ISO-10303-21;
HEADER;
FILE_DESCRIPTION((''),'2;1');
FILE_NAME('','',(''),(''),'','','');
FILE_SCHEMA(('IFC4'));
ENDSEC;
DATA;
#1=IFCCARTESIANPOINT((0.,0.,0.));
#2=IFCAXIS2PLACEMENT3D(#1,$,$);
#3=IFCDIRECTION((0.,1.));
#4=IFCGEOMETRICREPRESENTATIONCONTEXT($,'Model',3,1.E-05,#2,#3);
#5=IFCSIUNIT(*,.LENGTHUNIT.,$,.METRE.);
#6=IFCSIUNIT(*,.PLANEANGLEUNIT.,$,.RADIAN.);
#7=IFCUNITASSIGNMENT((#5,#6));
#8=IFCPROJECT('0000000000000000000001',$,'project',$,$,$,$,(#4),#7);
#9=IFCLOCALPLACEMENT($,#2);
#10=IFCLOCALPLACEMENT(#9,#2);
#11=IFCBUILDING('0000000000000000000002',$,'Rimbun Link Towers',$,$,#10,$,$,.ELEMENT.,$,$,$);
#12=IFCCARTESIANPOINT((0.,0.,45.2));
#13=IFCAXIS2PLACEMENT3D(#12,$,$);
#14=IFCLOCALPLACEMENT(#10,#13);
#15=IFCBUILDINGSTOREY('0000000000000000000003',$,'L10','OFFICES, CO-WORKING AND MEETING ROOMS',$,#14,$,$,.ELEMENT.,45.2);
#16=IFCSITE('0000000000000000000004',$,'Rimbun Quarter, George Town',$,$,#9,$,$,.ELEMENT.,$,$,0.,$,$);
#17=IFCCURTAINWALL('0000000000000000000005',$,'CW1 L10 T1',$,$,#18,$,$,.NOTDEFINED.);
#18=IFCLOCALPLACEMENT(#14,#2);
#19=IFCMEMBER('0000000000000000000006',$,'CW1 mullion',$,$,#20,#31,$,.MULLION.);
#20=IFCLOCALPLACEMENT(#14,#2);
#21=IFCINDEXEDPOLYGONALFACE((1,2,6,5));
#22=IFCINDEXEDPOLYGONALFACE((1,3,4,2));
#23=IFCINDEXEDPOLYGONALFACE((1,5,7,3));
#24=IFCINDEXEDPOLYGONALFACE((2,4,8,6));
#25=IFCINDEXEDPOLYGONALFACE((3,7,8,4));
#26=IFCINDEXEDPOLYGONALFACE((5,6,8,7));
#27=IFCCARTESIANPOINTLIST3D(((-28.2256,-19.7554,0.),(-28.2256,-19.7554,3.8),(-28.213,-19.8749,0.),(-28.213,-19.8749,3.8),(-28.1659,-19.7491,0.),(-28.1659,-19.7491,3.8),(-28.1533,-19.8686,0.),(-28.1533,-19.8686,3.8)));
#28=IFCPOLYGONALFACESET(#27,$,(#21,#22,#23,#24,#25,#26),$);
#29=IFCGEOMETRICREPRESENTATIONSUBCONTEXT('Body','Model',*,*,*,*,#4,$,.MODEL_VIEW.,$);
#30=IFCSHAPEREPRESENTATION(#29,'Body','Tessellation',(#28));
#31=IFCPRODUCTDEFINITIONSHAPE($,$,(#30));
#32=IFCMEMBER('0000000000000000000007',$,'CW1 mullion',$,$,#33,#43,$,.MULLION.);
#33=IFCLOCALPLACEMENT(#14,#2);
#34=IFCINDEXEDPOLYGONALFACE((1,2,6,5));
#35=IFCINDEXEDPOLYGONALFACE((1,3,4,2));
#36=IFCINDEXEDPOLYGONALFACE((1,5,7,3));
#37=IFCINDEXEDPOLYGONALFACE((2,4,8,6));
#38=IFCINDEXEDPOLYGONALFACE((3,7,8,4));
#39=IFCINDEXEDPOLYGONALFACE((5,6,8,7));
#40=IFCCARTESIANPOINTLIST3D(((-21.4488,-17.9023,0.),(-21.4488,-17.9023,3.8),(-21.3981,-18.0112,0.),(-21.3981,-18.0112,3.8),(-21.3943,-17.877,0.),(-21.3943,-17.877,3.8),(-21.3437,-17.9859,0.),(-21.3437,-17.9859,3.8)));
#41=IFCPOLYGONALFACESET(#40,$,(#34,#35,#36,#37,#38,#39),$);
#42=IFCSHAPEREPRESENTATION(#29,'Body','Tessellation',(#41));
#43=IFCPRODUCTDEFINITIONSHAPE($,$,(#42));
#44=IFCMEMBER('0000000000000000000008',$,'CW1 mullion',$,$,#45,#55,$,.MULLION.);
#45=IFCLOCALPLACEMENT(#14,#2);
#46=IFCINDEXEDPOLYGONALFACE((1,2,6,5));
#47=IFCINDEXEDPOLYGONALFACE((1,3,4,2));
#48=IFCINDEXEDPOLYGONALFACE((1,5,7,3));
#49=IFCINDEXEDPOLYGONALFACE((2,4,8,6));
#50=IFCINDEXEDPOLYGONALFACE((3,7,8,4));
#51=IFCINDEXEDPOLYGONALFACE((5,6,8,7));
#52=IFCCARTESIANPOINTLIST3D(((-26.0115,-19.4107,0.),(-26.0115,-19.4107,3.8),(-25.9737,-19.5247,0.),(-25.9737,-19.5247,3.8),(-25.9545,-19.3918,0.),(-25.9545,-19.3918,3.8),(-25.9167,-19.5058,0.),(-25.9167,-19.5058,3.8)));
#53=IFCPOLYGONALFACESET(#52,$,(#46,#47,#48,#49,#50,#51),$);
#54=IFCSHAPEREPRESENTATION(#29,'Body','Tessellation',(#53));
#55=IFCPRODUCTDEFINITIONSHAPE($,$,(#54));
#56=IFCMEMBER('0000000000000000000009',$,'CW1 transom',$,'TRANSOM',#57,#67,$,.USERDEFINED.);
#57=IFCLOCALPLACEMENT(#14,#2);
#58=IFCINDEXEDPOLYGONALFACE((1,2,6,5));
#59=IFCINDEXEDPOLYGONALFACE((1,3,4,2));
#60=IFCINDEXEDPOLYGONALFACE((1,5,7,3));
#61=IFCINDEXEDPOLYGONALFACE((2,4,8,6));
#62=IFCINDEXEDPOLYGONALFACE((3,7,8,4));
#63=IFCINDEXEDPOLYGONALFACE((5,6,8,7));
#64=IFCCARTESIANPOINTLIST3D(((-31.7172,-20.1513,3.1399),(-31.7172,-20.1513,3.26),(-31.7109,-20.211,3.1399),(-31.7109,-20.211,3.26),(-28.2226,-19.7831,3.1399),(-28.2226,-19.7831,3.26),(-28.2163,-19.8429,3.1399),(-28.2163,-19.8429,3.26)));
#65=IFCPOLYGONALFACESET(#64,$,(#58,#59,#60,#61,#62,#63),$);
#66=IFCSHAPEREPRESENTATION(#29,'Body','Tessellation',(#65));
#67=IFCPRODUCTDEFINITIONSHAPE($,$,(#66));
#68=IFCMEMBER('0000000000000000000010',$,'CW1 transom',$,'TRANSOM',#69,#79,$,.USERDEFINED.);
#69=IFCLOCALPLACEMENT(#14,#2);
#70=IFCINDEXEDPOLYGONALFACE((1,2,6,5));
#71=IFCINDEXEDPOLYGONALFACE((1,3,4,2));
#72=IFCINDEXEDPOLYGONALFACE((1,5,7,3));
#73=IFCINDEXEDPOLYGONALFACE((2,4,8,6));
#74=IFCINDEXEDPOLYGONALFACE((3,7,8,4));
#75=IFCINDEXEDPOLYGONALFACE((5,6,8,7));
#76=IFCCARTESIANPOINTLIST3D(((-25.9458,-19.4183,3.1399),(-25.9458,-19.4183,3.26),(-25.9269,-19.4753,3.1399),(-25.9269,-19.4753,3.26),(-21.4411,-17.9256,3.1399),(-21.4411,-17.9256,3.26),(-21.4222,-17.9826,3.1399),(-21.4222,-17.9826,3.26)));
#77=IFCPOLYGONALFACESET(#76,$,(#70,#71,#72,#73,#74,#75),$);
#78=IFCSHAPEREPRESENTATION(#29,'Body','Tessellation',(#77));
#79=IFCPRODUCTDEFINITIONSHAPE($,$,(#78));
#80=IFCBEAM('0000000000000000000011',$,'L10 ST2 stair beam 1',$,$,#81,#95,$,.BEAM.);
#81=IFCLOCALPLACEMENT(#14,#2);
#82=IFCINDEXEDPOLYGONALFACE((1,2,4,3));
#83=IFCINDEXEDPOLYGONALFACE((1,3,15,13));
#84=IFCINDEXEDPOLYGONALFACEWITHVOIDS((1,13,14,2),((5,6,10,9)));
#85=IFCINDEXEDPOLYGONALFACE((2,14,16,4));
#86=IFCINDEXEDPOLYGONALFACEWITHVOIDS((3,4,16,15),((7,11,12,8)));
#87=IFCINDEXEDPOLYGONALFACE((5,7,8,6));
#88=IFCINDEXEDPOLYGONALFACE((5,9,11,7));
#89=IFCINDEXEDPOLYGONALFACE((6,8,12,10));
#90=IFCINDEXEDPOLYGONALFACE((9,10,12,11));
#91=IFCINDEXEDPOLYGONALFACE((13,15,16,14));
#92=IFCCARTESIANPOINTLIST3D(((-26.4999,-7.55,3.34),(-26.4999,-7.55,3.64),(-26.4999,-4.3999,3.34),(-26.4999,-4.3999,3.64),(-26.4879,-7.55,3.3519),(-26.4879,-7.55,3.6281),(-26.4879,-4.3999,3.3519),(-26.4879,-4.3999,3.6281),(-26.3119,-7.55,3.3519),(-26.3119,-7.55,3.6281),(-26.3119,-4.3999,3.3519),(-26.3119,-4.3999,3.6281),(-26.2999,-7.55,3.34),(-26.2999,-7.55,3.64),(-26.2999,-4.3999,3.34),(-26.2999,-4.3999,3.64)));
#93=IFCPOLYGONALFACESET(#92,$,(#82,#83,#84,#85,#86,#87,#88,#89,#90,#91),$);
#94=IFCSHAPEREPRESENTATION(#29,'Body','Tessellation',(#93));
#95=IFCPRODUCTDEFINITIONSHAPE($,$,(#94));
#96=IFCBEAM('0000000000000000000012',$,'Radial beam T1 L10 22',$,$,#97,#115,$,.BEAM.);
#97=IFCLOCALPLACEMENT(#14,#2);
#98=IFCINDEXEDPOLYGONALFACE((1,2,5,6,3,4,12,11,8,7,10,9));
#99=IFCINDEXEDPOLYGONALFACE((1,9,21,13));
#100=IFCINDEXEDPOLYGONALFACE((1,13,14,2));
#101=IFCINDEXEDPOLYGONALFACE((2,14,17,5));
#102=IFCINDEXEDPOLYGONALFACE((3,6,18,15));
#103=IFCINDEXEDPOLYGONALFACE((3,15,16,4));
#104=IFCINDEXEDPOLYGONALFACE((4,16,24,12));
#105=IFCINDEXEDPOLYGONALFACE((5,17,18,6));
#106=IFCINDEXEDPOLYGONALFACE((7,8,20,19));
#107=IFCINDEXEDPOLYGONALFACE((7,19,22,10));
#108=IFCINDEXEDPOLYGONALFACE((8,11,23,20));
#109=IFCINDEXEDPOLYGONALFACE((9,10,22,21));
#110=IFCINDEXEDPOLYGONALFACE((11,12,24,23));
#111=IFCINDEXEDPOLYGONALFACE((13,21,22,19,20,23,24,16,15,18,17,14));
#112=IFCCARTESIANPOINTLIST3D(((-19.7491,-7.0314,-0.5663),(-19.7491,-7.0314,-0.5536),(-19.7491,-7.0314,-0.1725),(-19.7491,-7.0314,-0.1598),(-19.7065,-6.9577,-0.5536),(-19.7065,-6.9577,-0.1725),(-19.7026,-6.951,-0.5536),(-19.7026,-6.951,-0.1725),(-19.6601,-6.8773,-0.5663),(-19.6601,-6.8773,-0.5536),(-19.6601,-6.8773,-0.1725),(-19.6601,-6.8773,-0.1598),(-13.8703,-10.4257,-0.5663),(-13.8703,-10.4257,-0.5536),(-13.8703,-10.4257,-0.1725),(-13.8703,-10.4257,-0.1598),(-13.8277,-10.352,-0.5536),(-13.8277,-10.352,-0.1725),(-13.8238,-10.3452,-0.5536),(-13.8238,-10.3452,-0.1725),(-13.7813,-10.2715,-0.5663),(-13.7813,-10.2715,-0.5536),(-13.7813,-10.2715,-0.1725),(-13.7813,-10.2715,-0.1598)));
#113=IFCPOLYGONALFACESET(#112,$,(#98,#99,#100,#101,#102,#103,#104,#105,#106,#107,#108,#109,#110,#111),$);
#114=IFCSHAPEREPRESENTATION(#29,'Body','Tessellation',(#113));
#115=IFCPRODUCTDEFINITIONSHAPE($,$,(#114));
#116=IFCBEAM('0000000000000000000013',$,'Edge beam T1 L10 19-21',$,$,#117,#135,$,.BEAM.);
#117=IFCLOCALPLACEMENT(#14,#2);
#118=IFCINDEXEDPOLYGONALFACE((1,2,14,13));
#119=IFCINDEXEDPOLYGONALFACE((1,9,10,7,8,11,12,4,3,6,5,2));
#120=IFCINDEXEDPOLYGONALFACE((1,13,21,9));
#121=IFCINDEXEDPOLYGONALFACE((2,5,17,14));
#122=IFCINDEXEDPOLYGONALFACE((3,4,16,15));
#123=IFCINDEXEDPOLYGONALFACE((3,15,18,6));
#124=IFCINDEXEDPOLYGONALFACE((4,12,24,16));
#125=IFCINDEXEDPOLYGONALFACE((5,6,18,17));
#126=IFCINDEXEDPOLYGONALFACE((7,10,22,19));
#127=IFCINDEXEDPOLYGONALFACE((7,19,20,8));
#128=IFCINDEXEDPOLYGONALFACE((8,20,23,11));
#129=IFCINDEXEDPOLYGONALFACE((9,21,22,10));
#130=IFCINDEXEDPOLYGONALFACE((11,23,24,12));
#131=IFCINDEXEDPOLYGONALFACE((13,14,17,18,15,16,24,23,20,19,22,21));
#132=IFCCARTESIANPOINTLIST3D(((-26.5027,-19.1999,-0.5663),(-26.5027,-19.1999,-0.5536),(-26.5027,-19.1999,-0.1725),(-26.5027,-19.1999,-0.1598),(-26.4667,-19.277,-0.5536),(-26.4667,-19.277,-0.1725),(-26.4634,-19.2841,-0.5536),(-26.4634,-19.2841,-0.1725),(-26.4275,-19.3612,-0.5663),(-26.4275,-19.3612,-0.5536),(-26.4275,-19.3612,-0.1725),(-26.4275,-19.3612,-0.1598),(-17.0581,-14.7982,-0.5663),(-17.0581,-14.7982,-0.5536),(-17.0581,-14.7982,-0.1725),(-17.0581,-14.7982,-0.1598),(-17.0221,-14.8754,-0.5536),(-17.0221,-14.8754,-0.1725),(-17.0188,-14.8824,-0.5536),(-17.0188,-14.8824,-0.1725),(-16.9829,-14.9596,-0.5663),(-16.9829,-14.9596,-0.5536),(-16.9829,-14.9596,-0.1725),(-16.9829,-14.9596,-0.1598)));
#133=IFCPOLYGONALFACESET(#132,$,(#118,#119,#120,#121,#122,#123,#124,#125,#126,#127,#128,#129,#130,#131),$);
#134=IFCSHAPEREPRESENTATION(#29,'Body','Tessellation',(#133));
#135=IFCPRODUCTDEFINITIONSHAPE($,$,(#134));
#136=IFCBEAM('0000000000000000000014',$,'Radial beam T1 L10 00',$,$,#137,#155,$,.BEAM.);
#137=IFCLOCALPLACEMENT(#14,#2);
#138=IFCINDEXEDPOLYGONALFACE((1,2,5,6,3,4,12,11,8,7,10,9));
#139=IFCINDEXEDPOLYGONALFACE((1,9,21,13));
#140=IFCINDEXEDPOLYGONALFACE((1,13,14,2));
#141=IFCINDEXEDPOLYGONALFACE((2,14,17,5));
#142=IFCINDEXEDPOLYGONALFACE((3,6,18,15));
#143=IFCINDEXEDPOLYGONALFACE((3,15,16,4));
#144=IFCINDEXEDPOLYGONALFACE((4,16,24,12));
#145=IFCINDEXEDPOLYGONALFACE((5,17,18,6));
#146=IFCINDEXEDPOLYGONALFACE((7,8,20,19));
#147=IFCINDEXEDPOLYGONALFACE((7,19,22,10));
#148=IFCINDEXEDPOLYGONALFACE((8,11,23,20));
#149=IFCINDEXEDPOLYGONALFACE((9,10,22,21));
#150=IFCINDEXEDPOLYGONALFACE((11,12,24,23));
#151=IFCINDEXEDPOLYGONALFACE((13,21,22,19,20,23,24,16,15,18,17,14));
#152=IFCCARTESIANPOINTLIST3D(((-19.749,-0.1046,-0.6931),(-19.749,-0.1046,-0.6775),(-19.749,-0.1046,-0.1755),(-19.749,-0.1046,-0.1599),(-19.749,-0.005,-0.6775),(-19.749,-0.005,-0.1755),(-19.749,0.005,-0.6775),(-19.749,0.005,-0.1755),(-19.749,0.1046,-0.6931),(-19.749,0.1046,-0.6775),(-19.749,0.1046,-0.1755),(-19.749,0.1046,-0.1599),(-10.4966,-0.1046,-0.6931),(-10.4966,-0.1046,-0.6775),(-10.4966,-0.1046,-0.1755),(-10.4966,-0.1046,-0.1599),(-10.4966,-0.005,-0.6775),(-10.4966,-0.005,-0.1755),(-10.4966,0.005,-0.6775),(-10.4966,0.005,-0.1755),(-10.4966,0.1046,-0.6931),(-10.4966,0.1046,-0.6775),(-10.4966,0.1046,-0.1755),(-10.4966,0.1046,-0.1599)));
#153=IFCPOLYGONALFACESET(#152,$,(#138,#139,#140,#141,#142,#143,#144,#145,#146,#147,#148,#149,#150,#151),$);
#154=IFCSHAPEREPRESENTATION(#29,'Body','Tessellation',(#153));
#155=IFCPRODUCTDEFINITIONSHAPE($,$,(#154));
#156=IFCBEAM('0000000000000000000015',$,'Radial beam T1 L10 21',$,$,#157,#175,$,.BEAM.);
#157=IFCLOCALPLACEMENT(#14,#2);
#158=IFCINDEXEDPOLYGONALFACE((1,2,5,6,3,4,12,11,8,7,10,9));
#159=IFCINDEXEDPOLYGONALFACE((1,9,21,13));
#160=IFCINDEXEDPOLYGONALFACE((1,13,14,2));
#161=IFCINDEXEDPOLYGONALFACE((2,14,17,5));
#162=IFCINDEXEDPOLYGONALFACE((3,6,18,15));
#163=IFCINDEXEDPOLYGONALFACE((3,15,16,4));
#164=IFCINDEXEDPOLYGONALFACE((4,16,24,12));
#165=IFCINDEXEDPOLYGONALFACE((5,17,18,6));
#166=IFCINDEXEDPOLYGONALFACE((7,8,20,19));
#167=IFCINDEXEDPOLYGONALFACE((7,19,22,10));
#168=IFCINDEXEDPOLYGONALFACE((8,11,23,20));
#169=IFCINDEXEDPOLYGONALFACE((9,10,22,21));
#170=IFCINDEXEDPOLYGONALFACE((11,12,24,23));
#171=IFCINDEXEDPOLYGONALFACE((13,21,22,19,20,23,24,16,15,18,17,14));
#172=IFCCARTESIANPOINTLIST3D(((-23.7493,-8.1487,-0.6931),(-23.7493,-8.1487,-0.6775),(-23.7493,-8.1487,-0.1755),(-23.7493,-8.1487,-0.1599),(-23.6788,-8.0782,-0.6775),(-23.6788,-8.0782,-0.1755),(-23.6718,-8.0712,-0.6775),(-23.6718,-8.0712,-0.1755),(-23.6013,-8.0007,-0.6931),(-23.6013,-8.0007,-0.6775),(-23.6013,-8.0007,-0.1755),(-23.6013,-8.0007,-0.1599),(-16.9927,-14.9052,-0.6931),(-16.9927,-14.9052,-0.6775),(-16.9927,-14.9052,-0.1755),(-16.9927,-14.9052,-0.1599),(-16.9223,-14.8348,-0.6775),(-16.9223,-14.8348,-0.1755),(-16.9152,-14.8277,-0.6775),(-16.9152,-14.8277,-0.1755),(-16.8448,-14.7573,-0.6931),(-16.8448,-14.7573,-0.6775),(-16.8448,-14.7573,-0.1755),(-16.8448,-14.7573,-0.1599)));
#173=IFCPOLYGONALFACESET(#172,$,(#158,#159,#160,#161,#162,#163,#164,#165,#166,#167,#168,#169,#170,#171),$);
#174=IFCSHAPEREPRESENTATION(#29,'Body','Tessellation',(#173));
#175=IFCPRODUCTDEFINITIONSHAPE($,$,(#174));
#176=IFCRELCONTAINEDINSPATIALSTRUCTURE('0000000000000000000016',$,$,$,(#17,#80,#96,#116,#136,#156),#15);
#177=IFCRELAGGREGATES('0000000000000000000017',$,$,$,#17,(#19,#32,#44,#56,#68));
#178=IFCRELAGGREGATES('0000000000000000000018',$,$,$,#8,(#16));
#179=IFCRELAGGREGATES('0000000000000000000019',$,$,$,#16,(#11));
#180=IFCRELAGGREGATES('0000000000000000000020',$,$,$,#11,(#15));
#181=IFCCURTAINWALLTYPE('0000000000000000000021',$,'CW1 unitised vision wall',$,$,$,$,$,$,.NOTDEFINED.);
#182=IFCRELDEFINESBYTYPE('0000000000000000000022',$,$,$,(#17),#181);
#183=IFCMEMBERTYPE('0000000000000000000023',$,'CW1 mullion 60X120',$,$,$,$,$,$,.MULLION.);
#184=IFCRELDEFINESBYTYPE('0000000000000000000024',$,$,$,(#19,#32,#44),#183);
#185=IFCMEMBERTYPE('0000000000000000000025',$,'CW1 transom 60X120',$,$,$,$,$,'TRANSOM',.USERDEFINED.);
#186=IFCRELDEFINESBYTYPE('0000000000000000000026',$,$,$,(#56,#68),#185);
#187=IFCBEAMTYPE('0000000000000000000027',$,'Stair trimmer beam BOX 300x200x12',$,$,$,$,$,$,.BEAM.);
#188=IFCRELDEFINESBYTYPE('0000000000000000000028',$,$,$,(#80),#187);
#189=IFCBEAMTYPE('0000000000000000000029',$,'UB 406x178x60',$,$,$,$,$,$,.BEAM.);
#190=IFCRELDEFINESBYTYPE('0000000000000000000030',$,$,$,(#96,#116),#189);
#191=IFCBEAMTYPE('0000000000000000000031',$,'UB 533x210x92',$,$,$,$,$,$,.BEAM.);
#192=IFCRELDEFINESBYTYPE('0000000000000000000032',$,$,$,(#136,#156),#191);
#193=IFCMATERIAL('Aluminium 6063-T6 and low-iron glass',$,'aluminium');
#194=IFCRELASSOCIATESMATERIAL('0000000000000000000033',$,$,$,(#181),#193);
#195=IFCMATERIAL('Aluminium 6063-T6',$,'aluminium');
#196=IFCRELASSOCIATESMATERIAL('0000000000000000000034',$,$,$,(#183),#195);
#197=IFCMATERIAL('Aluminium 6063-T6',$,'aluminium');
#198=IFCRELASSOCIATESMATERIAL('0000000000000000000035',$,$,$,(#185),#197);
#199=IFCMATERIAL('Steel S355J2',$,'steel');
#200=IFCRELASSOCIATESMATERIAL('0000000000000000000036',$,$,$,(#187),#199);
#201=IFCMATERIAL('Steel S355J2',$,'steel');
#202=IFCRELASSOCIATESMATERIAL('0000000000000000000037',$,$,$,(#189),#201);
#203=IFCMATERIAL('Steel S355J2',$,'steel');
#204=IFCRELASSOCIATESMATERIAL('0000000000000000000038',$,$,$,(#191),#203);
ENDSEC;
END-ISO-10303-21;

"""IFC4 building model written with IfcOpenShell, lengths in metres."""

from ifc_helpers import new_model, si_unit, direction, frame, origin, origin_2d, place, context, subcontext, project, spatial, rectangle, hollow_rectangle, i_section, extrude, material, material_profile, profile_set, type_object, element, aggregate, save


model = new_model("IFC4")

# Units and contexts
model_context = context("Model", 3, precision=1e-05, world=origin(), true_north=direction((0.0, 1.0)))
body_context = subcontext(model_context, "Body", "Model", "MODEL_VIEW")
ifc_project = project(units=[si_unit("LENGTHUNIT", "METRE"), si_unit("PLANEANGLEUNIT", "RADIAN")], contexts=[model_context])

# Site, building, storey
site_placement = place(None, origin())
site = spatial("IfcSite", under=ifc_project, at=site_placement, Name="Rimbun Quarter, George Town", CompositionType="ELEMENT", RefElevation=0.0)
building_placement = place(site_placement, origin())
building = spatial("IfcBuilding", under=site, at=building_placement, Name="Rimbun Link Towers", CompositionType="ELEMENT")
storey_placement = place(building_placement, frame((0.0, 0.0, 45.2)))
storey = spatial("IfcBuildingStorey", under=building, at=storey_placement, Name="L10", Description="OFFICES, CO-WORKING AND MEETING ROOMS", CompositionType="ELEMENT", Elevation=45.2)

# Curtain wall, members
ifc_material_1 = material(Name="Aluminium 6063-T6 and low-iron glass", Category="aluminium")
curtain_wall_type = type_object("IfcCurtainWallType", Name="CW1 unitised vision wall", PredefinedType="NOTDEFINED", material=ifc_material_1)
curtain_wall_placement = place(storey_placement, origin())
curtain_wall = element("IfcCurtainWall", 1, at=curtain_wall_placement, inside=storey, type_object=curtain_wall_type, Name="CW1 L10 T1", PredefinedType="NOTDEFINED")
ifc_material_2 = material(Name="Aluminium 6063-T6", Category="aluminium")
ifc_material_profile_1 = material_profile(ifc_material_2, rectangle(XDim=0.1201, YDim=0.0601, at=origin_2d()), Name="MULLION 60X120")
ifc_profile_set_1 = profile_set([ifc_material_profile_1], Name="Aluminium 6063-T6")
member_type_1 = type_object("IfcMemberType", Name="CW1 mullion 60X120", PredefinedType="MULLION", material=ifc_profile_set_1)
member_1_placement = place(storey_placement, frame((-28.1895, -19.812, 0.0), z_axis=(0.0, 0.0, 1.0), x_axis=(0.104742, -0.994499, 0.0)))
member_1 = element("IfcMember", 2, at=member_1_placement, type_object=member_type_1, Name="CW1 mullion", PredefinedType="MULLION", context=body_context, shape_type="SweptSolid", body=[
    extrude(rectangle(XDim=0.1201, YDim=0.0601, at=origin_2d()), origin(), (0.0, 0.0, 1.0), 3.8),
])
member_2_placement = place(storey_placement, frame((-21.3962, -17.9441, 0.0), z_axis=(0.0, 0.0, 1.0), x_axis=(0.421701, -0.906735, 0.0)))
member_2 = element("IfcMember", 3, at=member_2_placement, type_object=member_type_1, Name="CW1 mullion", PredefinedType="MULLION", context=body_context, shape_type="SweptSolid", body=[
    extrude(rectangle(XDim=0.1201, YDim=0.0601, at=origin_2d()), origin(), (0.0, 0.0, 1.0), 3.8),
])
member_3_placement = place(storey_placement, frame((-25.9641, -19.4583, 0.0), z_axis=(0.0, 0.0, 1.0), x_axis=(0.314558, -0.949238, 0.0)))
member_3 = element("IfcMember", 4, at=member_3_placement, type_object=member_type_1, Name="CW1 mullion", PredefinedType="MULLION", context=body_context, shape_type="SweptSolid", body=[
    extrude(rectangle(XDim=0.1201, YDim=0.0601, at=origin_2d()), origin(), (0.0, 0.0, 1.0), 3.8),
])
ifc_material_3 = material(Name="Aluminium 6063-T6", Category="aluminium")
ifc_material_profile_2 = material_profile(ifc_material_3, rectangle(XDim=0.0601, YDim=0.1201, at=origin_2d()), Name="TRANSOM 60X120")
ifc_profile_set_2 = profile_set([ifc_material_profile_2], Name="Aluminium 6063-T6")
member_type_2 = type_object("IfcMemberType", Name="CW1 transom 60X120", ElementType="TRANSOM", PredefinedType="USERDEFINED", material=ifc_profile_set_2)
member_4_placement = place(storey_placement, frame((-28.2195, -19.813, 3.2), z_axis=(-0.994496, -0.104772, 0.0), x_axis=(0.104772, -0.994496, 0.0)))
member_4 = element("IfcMember", 5, at=member_4_placement, type_object=member_type_2, Name="CW1 transom", ObjectType="TRANSOM", PredefinedType="USERDEFINED", context=body_context, shape_type="SweptSolid", body=[
    extrude(rectangle(XDim=0.0601, YDim=0.1201, at=origin_2d()), origin(), (0.0, 0.0, 1.0), 3.5139),
])
member_5_placement = place(storey_placement, frame((-21.4316, -17.9541, 3.2), z_axis=(-0.949243, -0.314545, 0.0), x_axis=(0.314545, -0.949243, 0.0)))
member_5 = element("IfcMember", 6, at=member_5_placement, type_object=member_type_2, Name="CW1 transom", ObjectType="TRANSOM", PredefinedType="USERDEFINED", context=body_context, shape_type="SweptSolid", body=[
    extrude(rectangle(XDim=0.0601, YDim=0.1201, at=origin_2d()), origin(), (0.0, 0.0, 1.0), 4.7456),
])

# Beams
ifc_material_4 = material(Name="Steel S355J2", Category="steel")
ifc_material_profile_3 = material_profile(ifc_material_4, hollow_rectangle(XDim=0.2, YDim=0.3, WallThickness=0.012, at=origin_2d()), Name="BOX 300x200x12")
ifc_profile_set_3 = profile_set([ifc_material_profile_3], Name="Steel S355J2")
beam_type_1 = type_object("IfcBeamType", Name="Stair trimmer beam BOX 300x200x12", PredefinedType="BEAM", material=ifc_profile_set_3)
beam_1_placement = place(storey_placement, frame((-26.3999, -7.55, 3.49), z_axis=(0.0, 1.0, 0.0), x_axis=(-1.0, 0.0, 0.0)))
element("IfcBeam", 7, at=beam_1_placement, inside=storey, type_object=beam_type_1, Name="L10 ST2 stair beam 1", PredefinedType="BEAM", context=body_context, shape_type="SweptSolid", body=[
    extrude(hollow_rectangle(XDim=0.2, YDim=0.3, WallThickness=0.012, at=origin_2d()), origin(), (0.0, 0.0, 1.0), 3.1501),
])
ifc_material_5 = material(Name="Steel S355J2", Category="steel")
ifc_material_profile_4 = material_profile(ifc_material_5, i_section(OverallWidth=0.178, OverallDepth=0.4065, WebThickness=0.0078, FlangeThickness=0.0127, at=origin_2d()), Name="UB 406x178x60")
ifc_profile_set_4 = profile_set([ifc_material_profile_4], Name="Steel S355J2")
beam_type_2 = type_object("IfcBeamType", Name="UB 406x178x60", PredefinedType="BEAM", material=ifc_profile_set_4)
beam_2_placement = place(storey_placement, frame((-19.7046, -6.9543, -0.363), z_axis=(0.866019, -0.500011, 0.0), x_axis=(0.500011, 0.866019, 0.0)))
element("IfcBeam", 8, at=beam_2_placement, inside=storey, type_object=beam_type_2, Name="Radial beam T1 L10 22", PredefinedType="BEAM", context=body_context, shape_type="SweptSolid", body=[
    extrude(i_section(OverallWidth=0.178, OverallDepth=0.4065, WebThickness=0.0078, FlangeThickness=0.0127, at=origin_2d()), origin(), (0.0, 0.0, 1.0), 6.7883),
])
beam_3_placement = place(storey_placement, frame((-26.4651, -19.2805, -0.363), z_axis=(0.906399, 0.422424, 0.0), x_axis=(-0.422424, 0.906399, 0.0)))
element("IfcBeam", 9, at=beam_3_placement, inside=storey, type_object=beam_type_2, Name="Edge beam T1 L10 19-21", PredefinedType="BEAM", context=body_context, shape_type="SweptSolid", body=[
    extrude(i_section(OverallWidth=0.178, OverallDepth=0.4065, WebThickness=0.0078, FlangeThickness=0.0127, at=origin_2d()), origin(), (0.0, 0.0, 1.0), 10.4199),
])
ifc_material_6 = material(Name="Steel S355J2", Category="steel")
ifc_material_profile_5 = material_profile(ifc_material_6, i_section(OverallWidth=0.2092, OverallDepth=0.5332, WebThickness=0.01, FlangeThickness=0.0156, at=origin_2d()), Name="UB 533x210x92")
ifc_profile_set_5 = profile_set([ifc_material_profile_5], Name="Steel S355J2")
beam_type_3 = type_object("IfcBeamType", Name="UB 533x210x92", PredefinedType="BEAM", material=ifc_profile_set_5)
beam_4_placement = place(storey_placement, frame((-19.749, 0.0, -0.4265), z_axis=(1.0, 0.0, 0.0), x_axis=(0.0, 1.0, 0.0)))
element("IfcBeam", 10, at=beam_4_placement, inside=storey, type_object=beam_type_3, Name="Radial beam T1 L10 00", PredefinedType="BEAM", context=body_context, shape_type="SweptSolid", body=[
    extrude(i_section(OverallWidth=0.2092, OverallDepth=0.5332, WebThickness=0.01, FlangeThickness=0.0156, at=origin_2d()), origin(), (0.0, 0.0, 1.0), 9.2524),
])
beam_5_placement = place(storey_placement, frame((-23.6753, -8.0747, -0.4265), z_axis=(0.707107, -0.707107, 0.0), x_axis=(0.707107, 0.707107, 0.0)))
element("IfcBeam", 11, at=beam_5_placement, inside=storey, type_object=beam_type_3, Name="Radial beam T1 L10 21", PredefinedType="BEAM", context=body_context, shape_type="SweptSolid", body=[
    extrude(i_section(OverallWidth=0.2092, OverallDepth=0.5332, WebThickness=0.01, FlangeThickness=0.0156, at=origin_2d()), origin(), (0.0, 0.0, 1.0), 9.5552),
])

aggregate(curtain_wall, [member_1, member_2, member_3, member_4, member_5])

save(model, "model.ifc")
